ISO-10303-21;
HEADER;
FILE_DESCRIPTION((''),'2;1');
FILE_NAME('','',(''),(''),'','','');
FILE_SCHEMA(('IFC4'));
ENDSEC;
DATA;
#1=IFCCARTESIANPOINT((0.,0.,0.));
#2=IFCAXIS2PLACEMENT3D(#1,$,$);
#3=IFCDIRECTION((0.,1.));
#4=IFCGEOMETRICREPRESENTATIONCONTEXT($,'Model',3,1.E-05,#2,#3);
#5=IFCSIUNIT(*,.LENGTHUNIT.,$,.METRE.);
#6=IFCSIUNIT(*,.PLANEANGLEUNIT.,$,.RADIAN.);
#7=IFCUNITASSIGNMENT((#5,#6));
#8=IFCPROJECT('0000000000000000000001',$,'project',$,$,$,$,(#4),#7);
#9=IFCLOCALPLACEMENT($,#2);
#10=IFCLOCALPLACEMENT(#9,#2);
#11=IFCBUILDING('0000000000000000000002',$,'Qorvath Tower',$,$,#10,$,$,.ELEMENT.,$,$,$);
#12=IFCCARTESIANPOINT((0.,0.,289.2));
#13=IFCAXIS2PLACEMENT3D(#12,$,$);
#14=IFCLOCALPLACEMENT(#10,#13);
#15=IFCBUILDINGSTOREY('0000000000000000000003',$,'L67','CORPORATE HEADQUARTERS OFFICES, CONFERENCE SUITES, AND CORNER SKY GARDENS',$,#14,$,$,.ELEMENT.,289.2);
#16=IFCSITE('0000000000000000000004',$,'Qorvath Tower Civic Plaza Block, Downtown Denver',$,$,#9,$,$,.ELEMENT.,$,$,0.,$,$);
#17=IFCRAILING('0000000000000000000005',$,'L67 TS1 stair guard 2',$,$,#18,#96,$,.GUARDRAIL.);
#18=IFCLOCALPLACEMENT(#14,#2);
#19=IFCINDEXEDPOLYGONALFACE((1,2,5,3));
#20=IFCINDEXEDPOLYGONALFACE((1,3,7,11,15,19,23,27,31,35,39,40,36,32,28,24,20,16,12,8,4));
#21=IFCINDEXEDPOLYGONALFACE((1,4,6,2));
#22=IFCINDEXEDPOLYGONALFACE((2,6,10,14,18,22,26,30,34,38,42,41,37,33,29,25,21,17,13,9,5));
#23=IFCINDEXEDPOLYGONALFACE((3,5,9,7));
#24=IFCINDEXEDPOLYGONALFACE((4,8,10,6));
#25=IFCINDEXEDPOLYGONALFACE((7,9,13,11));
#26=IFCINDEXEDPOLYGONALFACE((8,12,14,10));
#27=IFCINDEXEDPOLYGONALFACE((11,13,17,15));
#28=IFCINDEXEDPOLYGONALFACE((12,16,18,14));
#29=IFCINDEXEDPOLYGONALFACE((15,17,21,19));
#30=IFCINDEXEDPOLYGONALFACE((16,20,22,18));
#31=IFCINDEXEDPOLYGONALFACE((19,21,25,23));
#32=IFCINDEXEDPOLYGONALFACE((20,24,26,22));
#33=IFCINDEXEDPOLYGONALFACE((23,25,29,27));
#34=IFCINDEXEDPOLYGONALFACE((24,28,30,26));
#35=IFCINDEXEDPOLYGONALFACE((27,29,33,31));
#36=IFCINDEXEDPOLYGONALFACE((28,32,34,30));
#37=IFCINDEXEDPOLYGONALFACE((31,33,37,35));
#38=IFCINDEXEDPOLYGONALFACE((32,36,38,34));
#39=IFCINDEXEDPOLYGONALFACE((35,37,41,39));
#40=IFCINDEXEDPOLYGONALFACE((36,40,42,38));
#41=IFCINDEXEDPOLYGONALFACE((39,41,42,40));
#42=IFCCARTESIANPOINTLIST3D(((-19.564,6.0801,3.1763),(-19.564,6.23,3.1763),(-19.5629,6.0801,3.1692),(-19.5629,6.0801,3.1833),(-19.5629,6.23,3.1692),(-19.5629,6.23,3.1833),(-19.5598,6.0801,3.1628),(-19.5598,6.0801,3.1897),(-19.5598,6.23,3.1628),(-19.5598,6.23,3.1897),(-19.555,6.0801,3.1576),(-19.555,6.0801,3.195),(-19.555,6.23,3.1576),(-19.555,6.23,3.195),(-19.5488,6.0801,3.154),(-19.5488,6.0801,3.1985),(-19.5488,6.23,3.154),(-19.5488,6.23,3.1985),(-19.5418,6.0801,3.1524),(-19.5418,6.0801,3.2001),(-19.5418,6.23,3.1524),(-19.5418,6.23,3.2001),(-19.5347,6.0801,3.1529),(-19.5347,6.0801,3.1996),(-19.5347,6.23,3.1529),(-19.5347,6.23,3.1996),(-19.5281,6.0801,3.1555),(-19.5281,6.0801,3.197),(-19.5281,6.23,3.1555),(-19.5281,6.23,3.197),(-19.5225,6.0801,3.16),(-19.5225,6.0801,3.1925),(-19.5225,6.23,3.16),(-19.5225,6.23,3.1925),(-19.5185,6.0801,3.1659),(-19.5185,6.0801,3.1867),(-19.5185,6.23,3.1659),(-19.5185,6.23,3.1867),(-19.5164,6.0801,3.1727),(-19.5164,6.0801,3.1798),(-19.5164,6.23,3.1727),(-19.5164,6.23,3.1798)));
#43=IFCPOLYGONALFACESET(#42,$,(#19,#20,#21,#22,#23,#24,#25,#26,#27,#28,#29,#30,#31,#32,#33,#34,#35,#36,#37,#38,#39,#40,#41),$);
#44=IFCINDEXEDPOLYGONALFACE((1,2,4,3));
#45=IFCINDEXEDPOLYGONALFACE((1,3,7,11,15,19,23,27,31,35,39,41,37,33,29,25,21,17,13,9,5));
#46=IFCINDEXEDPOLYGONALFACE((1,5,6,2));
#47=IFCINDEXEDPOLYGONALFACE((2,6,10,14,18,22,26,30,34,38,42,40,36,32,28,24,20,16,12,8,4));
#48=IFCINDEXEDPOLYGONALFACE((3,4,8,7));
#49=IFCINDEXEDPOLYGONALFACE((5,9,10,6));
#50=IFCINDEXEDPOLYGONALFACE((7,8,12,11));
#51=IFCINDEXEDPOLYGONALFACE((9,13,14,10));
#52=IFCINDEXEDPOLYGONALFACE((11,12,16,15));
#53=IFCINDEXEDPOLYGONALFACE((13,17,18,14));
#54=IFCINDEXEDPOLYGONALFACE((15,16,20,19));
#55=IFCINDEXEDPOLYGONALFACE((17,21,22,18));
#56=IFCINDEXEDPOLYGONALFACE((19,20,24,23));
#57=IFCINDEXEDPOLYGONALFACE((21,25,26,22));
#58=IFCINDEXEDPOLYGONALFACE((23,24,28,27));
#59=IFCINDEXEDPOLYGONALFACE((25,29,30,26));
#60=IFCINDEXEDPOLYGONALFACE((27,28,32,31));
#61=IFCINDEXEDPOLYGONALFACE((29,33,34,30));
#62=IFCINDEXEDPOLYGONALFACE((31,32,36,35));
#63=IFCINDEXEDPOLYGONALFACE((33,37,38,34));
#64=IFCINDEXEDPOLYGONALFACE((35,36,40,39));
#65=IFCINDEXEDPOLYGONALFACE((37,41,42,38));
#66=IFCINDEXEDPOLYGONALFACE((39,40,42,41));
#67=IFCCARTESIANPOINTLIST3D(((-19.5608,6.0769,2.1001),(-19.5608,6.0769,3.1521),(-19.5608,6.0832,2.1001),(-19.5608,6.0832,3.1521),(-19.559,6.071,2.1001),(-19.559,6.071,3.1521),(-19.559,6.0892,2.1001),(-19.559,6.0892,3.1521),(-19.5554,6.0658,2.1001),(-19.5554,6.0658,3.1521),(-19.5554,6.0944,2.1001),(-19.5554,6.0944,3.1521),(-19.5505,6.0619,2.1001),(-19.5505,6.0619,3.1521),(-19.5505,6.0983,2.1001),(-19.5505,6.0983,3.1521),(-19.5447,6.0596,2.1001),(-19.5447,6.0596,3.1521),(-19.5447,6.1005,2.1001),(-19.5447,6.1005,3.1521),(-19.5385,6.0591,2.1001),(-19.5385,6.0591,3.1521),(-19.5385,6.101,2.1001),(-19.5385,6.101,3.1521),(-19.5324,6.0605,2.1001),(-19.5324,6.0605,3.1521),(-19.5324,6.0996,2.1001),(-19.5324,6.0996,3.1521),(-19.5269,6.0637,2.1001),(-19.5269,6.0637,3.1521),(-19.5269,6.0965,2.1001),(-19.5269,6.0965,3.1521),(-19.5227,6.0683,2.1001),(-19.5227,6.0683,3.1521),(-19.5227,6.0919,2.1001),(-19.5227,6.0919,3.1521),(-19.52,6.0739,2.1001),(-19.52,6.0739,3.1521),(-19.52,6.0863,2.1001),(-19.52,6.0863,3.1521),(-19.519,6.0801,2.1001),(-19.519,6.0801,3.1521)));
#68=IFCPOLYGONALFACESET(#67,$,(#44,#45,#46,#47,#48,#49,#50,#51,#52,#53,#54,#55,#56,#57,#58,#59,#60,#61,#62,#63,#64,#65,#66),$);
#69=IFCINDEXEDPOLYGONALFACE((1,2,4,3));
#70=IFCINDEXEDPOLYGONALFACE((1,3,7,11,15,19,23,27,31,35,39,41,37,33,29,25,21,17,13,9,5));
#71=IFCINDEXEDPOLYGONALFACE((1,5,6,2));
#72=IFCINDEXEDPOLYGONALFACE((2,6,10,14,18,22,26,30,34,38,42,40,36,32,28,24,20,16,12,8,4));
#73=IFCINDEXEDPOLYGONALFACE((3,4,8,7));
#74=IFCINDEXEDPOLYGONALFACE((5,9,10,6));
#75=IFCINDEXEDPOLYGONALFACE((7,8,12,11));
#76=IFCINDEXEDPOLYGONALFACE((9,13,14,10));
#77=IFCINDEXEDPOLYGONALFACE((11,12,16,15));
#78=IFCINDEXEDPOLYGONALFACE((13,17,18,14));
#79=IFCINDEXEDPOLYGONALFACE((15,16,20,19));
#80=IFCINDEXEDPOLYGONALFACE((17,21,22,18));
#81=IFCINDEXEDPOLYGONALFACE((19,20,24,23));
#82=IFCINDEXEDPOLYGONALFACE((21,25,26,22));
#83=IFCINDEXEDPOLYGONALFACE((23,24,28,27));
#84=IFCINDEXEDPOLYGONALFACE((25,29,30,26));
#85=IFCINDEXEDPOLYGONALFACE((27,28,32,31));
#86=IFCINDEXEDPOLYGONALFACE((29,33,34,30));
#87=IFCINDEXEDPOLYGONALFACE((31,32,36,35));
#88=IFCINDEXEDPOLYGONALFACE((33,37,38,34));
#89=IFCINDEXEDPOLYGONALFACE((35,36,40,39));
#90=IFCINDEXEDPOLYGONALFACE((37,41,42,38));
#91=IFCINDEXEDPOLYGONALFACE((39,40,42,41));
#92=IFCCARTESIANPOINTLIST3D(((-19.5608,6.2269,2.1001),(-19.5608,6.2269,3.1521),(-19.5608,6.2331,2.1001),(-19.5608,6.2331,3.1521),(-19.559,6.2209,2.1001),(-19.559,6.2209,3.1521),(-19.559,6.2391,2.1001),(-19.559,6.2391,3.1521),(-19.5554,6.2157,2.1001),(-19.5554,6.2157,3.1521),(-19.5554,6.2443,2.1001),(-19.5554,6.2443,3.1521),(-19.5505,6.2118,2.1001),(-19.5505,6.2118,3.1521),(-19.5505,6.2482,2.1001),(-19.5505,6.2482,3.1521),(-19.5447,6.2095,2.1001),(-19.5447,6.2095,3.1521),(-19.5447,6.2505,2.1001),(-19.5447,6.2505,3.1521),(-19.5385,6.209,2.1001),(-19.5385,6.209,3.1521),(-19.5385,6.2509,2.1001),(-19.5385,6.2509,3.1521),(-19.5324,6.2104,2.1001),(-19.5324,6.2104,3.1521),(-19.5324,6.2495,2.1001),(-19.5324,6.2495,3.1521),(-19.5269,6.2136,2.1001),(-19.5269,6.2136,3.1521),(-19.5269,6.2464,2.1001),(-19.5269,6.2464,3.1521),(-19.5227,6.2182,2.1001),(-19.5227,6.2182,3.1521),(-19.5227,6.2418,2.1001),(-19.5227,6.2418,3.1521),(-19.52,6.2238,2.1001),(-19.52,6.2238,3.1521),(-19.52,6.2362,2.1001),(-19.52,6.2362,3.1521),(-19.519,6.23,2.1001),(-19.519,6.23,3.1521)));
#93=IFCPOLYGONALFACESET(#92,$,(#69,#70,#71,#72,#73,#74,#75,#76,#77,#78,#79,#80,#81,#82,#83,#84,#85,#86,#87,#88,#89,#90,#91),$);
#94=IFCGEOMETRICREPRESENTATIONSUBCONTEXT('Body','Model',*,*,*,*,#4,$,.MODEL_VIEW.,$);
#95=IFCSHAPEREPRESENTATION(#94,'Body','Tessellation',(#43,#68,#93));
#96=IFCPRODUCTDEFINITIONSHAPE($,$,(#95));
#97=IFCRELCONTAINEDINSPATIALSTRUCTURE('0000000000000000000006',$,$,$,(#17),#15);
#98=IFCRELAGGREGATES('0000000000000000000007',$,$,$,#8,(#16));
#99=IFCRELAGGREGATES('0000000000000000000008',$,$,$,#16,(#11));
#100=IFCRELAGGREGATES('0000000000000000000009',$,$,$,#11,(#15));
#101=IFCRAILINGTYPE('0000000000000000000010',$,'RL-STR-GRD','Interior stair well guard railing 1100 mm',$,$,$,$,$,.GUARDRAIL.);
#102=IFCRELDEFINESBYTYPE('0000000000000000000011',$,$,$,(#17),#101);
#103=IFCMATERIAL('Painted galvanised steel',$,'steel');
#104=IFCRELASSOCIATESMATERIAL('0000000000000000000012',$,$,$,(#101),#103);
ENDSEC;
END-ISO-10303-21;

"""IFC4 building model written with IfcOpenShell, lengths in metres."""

from ifc_helpers import new_model, si_unit, direction, frame, origin, origin_2d, place, context, subcontext, project, spatial, circle, extrude, material, type_object, element, save


model = new_model("IFC4")

# Units and contexts
model_context = context("Model", 3, precision=1e-05, world=origin(), true_north=direction((0.0, 1.0)))
body_context = subcontext(model_context, "Body", "Model", "MODEL_VIEW")
ifc_project = project(units=[si_unit("LENGTHUNIT", "METRE"), si_unit("PLANEANGLEUNIT", "RADIAN")], contexts=[model_context])

# Site, building, storey
site_placement = place(None, origin())
site = spatial("IfcSite", under=ifc_project, at=site_placement, Name="Qorvath Tower Civic Plaza Block, Downtown Denver", CompositionType="ELEMENT", RefElevation=0.0)
building_placement = place(site_placement, origin())
building = spatial("IfcBuilding", under=site, at=building_placement, Name="Qorvath Tower", CompositionType="ELEMENT")
storey_placement = place(building_placement, frame((0.0, 0.0, 289.2)))
storey = spatial("IfcBuildingStorey", under=building, at=storey_placement, Name="L67", Description="CORPORATE HEADQUARTERS OFFICES, CONFERENCE SUITES, AND CORNER SKY GARDENS", CompositionType="ELEMENT", Elevation=289.2)

# Railing
ifc_material_1 = material(Name="Painted galvanised steel", Category="steel")
railing_type_1 = type_object("IfcRailingType", Name="RL-STR-GRD", Description="Interior stair well guard railing 1100 mm", PredefinedType="GUARDRAIL", material=ifc_material_1)
railing_1_placement = place(storey_placement, frame((-19.54, 6.0801, 2.1001)))
element("IfcRailing", 1, at=railing_1_placement, inside=storey, type_object=railing_type_1, Name="L67 TS1 stair guard 2", PredefinedType="GUARDRAIL", context=body_context, shape_type="SweptSolid", body=[
    extrude(circle(Radius=0.0239, at=origin_2d()), frame((0.0, 0.0, 1.0762), z_axis=(0.0, 1.0, 0.0), x_axis=(-1.0, 0.0, 0.0)), (0.0, 0.0, 1.0), 0.1499),
    extrude(circle(Radius=0.021, at=origin_2d()), origin(), (0.0, 0.0, 1.0), 1.052),
    extrude(circle(Radius=0.021, at=origin_2d()), frame((0.0, 0.1499, 0.0)), (0.0, 0.0, 1.0), 1.052),
])

save(model, "model.ifc")
